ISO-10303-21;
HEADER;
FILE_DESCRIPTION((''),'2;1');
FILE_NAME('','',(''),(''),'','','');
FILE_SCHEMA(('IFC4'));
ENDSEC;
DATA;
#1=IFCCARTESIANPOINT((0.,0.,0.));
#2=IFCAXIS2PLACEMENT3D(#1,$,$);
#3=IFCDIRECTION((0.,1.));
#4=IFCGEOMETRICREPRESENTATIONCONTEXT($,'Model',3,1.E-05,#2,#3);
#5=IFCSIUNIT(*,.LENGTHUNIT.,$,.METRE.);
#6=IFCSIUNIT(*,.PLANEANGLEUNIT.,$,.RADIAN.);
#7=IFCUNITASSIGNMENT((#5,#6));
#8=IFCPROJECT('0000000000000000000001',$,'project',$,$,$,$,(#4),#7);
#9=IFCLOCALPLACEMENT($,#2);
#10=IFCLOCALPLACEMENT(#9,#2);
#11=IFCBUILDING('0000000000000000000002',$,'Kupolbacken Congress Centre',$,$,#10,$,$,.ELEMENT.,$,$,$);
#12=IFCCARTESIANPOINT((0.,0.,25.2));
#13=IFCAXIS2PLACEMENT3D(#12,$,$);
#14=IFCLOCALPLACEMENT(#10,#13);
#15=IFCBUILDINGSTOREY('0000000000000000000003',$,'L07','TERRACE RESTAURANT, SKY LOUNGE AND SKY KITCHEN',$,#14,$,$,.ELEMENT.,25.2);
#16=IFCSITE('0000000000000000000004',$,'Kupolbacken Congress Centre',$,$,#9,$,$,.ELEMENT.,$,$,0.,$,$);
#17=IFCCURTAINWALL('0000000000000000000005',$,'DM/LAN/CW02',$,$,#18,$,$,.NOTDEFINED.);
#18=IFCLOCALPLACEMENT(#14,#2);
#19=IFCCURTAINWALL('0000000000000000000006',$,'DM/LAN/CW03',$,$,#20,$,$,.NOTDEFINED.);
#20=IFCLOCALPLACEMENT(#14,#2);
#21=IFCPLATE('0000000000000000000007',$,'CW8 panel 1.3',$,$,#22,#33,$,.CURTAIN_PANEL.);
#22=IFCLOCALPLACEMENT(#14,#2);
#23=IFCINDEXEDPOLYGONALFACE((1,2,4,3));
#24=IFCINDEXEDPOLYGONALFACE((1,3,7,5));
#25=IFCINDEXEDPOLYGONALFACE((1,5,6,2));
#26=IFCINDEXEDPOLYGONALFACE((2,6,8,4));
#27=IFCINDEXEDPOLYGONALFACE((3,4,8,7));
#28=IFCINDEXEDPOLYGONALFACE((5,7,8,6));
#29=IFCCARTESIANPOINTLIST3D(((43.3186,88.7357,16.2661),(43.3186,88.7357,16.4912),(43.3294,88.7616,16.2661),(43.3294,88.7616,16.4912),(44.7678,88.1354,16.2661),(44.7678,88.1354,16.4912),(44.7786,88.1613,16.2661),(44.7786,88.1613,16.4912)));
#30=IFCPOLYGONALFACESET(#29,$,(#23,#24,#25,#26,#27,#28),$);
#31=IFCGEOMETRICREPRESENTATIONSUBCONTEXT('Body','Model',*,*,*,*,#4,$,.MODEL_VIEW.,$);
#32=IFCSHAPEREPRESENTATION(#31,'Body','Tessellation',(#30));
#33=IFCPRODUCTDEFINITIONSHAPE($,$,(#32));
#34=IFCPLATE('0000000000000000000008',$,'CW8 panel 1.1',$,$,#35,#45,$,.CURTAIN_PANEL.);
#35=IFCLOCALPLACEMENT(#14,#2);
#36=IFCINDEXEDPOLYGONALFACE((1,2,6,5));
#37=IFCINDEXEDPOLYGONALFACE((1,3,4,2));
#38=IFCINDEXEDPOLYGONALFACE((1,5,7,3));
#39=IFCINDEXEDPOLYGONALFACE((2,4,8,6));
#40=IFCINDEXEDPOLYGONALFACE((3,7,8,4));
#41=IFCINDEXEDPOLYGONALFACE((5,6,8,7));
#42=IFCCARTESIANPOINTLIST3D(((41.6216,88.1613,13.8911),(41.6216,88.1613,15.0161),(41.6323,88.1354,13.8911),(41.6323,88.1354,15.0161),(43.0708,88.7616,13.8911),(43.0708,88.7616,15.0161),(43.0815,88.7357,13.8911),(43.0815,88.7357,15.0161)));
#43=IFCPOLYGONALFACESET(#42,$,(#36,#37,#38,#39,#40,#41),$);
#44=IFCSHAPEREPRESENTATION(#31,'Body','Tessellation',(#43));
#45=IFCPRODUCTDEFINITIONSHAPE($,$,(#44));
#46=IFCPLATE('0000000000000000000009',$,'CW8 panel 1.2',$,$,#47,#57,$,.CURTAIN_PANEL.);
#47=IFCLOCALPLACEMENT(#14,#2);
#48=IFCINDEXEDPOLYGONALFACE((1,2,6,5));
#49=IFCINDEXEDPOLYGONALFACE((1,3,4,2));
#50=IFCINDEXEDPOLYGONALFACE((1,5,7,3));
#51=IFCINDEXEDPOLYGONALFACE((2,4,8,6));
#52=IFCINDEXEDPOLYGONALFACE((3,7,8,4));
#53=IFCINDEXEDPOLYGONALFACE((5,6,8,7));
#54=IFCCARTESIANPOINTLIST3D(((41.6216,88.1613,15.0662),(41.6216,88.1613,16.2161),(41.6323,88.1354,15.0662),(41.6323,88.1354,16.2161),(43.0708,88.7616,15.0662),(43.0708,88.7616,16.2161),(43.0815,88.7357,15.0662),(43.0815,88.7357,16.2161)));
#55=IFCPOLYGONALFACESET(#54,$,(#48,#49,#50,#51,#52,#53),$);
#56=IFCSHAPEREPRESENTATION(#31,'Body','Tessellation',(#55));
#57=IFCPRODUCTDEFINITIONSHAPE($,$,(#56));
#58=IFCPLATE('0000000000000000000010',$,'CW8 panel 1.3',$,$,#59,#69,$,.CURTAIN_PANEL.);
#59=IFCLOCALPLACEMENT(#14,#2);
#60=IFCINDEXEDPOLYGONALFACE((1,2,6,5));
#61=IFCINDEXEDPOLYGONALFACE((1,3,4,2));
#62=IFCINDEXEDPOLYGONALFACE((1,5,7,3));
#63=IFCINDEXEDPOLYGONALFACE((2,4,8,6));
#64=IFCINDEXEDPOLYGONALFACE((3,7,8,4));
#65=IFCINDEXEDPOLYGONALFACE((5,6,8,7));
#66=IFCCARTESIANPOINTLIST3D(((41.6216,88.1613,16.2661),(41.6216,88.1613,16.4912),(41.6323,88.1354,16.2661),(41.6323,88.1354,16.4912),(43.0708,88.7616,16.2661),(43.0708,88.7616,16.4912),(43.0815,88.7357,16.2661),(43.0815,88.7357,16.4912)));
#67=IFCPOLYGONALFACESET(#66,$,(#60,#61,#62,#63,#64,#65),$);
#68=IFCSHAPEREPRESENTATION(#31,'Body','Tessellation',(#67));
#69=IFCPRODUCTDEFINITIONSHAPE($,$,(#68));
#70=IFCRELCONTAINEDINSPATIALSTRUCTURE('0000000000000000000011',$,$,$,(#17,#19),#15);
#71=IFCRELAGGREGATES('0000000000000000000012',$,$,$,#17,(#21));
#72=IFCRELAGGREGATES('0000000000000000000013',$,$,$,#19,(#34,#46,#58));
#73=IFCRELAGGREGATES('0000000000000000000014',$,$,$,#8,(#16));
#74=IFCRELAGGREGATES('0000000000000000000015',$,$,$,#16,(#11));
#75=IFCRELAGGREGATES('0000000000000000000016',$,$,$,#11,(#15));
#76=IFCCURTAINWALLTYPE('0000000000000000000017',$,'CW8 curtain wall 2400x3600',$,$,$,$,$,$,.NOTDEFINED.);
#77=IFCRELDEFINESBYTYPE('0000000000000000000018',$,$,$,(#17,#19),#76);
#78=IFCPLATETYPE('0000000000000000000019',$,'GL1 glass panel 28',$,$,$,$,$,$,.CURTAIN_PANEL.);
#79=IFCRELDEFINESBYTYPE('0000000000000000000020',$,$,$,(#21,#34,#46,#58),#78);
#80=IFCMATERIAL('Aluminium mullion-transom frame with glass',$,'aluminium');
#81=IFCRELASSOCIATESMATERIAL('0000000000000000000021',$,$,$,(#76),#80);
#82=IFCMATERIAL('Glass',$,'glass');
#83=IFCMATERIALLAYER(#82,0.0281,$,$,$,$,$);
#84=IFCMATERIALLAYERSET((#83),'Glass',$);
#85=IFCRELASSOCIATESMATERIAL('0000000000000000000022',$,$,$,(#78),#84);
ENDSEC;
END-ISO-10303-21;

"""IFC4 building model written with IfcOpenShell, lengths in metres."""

from ifc_helpers import new_model, si_unit, direction, frame, origin, origin_2d, place, context, subcontext, project, spatial, rectangle, extrude, material, layer, layer_set, type_object, element, aggregate, save


model = new_model("IFC4")

# Units and contexts
model_context = context("Model", 3, precision=1e-05, world=origin(), true_north=direction((0.0, 1.0)))
body_context = subcontext(model_context, "Body", "Model", "MODEL_VIEW")
ifc_project = project(units=[si_unit("LENGTHUNIT", "METRE"), si_unit("PLANEANGLEUNIT", "RADIAN")], contexts=[model_context])

# Site, building, storey
site_placement = place(None, origin())
site = spatial("IfcSite", under=ifc_project, at=site_placement, Name="Kupolbacken Congress Centre", CompositionType="ELEMENT", RefElevation=0.0)
building_placement = place(site_placement, origin())
building = spatial("IfcBuilding", under=site, at=building_placement, Name="Kupolbacken Congress Centre", CompositionType="ELEMENT")
storey_placement = place(building_placement, frame((0.0, 0.0, 25.2)))
storey = spatial("IfcBuildingStorey", under=building, at=storey_placement, Name="L07", Description="TERRACE RESTAURANT, SKY LOUNGE AND SKY KITCHEN", CompositionType="ELEMENT", Elevation=25.2)

# Curtain walls
ifc_material_1 = material(Name="Aluminium mullion-transom frame with glass", Category="aluminium")
curtain_wall_type = type_object("IfcCurtainWallType", Name="CW8 curtain wall 2400x3600", PredefinedType="NOTDEFINED", material=ifc_material_1)
curtain_wall_1_placement = place(storey_placement, origin())
curtain_wall_1 = element("IfcCurtainWall", 1, at=curtain_wall_1_placement, inside=storey, type_object=curtain_wall_type, Name="DM/LAN/CW02", PredefinedType="NOTDEFINED")
curtain_wall_2_placement = place(storey_placement, origin())
curtain_wall_2 = element("IfcCurtainWall", 2, at=curtain_wall_2_placement, inside=storey, type_object=curtain_wall_type, Name="DM/LAN/CW03", PredefinedType="NOTDEFINED")

# Plates
ifc_material_2 = material(Name="Glass", Category="glass")
ifc_layer = layer(ifc_material_2, 0.0281)
ifc_layer_set = layer_set([ifc_layer], Name="Glass")
plate_type = type_object("IfcPlateType", Name="GL1 glass panel 28", PredefinedType="CURTAIN_PANEL", material=ifc_layer_set)
plate_1_placement = place(storey_placement, frame((44.0486, 88.4485, 16.2661), z_axis=(0.0, 0.0, 1.0), x_axis=(-0.92388, 0.382683, 0.0)))
plate_1 = element("IfcPlate", 3, at=plate_1_placement, type_object=plate_type, Name="CW8 panel 1.3", PredefinedType="CURTAIN_PANEL", context=body_context, shape_type="SweptSolid", body=[
    extrude(rectangle(XDim=1.5686, YDim=0.0281, at=origin_2d()), origin(), (0.0, 0.0, 1.0), 0.2251),
])
aggregate(curtain_wall_1, [plate_1])
plate_2_placement = place(storey_placement, frame((42.3516, 88.4485, 13.8911), z_axis=(0.0, 0.0, 1.0), x_axis=(-0.92388, -0.382683, 0.0)))
plate_2 = element("IfcPlate", 4, at=plate_2_placement, type_object=plate_type, Name="CW8 panel 1.1", PredefinedType="CURTAIN_PANEL", context=body_context, shape_type="SweptSolid", body=[
    extrude(rectangle(XDim=1.5686, YDim=0.0281, at=origin_2d()), origin(), (0.0, 0.0, 1.0), 1.125),
])
plate_3_placement = place(storey_placement, frame((42.3516, 88.4485, 15.0662), z_axis=(0.0, 0.0, 1.0), x_axis=(-0.92388, -0.382683, 0.0)))
plate_3 = element("IfcPlate", 5, at=plate_3_placement, type_object=plate_type, Name="CW8 panel 1.2", PredefinedType="CURTAIN_PANEL", context=body_context, shape_type="SweptSolid", body=[
    extrude(rectangle(XDim=1.5686, YDim=0.0281, at=origin_2d()), origin(), (0.0, 0.0, 1.0), 1.1499),
])
plate_4_placement = place(storey_placement, frame((42.3516, 88.4485, 16.2661), z_axis=(0.0, 0.0, 1.0), x_axis=(-0.92388, -0.382683, 0.0)))
plate_4 = element("IfcPlate", 6, at=plate_4_placement, type_object=plate_type, Name="CW8 panel 1.3", PredefinedType="CURTAIN_PANEL", context=body_context, shape_type="SweptSolid", body=[
    extrude(rectangle(XDim=1.5686, YDim=0.0281, at=origin_2d()), origin(), (0.0, 0.0, 1.0), 0.2251),
])
aggregate(curtain_wall_2, [plate_2, plate_3, plate_4])

save(model, "model.ifc")
